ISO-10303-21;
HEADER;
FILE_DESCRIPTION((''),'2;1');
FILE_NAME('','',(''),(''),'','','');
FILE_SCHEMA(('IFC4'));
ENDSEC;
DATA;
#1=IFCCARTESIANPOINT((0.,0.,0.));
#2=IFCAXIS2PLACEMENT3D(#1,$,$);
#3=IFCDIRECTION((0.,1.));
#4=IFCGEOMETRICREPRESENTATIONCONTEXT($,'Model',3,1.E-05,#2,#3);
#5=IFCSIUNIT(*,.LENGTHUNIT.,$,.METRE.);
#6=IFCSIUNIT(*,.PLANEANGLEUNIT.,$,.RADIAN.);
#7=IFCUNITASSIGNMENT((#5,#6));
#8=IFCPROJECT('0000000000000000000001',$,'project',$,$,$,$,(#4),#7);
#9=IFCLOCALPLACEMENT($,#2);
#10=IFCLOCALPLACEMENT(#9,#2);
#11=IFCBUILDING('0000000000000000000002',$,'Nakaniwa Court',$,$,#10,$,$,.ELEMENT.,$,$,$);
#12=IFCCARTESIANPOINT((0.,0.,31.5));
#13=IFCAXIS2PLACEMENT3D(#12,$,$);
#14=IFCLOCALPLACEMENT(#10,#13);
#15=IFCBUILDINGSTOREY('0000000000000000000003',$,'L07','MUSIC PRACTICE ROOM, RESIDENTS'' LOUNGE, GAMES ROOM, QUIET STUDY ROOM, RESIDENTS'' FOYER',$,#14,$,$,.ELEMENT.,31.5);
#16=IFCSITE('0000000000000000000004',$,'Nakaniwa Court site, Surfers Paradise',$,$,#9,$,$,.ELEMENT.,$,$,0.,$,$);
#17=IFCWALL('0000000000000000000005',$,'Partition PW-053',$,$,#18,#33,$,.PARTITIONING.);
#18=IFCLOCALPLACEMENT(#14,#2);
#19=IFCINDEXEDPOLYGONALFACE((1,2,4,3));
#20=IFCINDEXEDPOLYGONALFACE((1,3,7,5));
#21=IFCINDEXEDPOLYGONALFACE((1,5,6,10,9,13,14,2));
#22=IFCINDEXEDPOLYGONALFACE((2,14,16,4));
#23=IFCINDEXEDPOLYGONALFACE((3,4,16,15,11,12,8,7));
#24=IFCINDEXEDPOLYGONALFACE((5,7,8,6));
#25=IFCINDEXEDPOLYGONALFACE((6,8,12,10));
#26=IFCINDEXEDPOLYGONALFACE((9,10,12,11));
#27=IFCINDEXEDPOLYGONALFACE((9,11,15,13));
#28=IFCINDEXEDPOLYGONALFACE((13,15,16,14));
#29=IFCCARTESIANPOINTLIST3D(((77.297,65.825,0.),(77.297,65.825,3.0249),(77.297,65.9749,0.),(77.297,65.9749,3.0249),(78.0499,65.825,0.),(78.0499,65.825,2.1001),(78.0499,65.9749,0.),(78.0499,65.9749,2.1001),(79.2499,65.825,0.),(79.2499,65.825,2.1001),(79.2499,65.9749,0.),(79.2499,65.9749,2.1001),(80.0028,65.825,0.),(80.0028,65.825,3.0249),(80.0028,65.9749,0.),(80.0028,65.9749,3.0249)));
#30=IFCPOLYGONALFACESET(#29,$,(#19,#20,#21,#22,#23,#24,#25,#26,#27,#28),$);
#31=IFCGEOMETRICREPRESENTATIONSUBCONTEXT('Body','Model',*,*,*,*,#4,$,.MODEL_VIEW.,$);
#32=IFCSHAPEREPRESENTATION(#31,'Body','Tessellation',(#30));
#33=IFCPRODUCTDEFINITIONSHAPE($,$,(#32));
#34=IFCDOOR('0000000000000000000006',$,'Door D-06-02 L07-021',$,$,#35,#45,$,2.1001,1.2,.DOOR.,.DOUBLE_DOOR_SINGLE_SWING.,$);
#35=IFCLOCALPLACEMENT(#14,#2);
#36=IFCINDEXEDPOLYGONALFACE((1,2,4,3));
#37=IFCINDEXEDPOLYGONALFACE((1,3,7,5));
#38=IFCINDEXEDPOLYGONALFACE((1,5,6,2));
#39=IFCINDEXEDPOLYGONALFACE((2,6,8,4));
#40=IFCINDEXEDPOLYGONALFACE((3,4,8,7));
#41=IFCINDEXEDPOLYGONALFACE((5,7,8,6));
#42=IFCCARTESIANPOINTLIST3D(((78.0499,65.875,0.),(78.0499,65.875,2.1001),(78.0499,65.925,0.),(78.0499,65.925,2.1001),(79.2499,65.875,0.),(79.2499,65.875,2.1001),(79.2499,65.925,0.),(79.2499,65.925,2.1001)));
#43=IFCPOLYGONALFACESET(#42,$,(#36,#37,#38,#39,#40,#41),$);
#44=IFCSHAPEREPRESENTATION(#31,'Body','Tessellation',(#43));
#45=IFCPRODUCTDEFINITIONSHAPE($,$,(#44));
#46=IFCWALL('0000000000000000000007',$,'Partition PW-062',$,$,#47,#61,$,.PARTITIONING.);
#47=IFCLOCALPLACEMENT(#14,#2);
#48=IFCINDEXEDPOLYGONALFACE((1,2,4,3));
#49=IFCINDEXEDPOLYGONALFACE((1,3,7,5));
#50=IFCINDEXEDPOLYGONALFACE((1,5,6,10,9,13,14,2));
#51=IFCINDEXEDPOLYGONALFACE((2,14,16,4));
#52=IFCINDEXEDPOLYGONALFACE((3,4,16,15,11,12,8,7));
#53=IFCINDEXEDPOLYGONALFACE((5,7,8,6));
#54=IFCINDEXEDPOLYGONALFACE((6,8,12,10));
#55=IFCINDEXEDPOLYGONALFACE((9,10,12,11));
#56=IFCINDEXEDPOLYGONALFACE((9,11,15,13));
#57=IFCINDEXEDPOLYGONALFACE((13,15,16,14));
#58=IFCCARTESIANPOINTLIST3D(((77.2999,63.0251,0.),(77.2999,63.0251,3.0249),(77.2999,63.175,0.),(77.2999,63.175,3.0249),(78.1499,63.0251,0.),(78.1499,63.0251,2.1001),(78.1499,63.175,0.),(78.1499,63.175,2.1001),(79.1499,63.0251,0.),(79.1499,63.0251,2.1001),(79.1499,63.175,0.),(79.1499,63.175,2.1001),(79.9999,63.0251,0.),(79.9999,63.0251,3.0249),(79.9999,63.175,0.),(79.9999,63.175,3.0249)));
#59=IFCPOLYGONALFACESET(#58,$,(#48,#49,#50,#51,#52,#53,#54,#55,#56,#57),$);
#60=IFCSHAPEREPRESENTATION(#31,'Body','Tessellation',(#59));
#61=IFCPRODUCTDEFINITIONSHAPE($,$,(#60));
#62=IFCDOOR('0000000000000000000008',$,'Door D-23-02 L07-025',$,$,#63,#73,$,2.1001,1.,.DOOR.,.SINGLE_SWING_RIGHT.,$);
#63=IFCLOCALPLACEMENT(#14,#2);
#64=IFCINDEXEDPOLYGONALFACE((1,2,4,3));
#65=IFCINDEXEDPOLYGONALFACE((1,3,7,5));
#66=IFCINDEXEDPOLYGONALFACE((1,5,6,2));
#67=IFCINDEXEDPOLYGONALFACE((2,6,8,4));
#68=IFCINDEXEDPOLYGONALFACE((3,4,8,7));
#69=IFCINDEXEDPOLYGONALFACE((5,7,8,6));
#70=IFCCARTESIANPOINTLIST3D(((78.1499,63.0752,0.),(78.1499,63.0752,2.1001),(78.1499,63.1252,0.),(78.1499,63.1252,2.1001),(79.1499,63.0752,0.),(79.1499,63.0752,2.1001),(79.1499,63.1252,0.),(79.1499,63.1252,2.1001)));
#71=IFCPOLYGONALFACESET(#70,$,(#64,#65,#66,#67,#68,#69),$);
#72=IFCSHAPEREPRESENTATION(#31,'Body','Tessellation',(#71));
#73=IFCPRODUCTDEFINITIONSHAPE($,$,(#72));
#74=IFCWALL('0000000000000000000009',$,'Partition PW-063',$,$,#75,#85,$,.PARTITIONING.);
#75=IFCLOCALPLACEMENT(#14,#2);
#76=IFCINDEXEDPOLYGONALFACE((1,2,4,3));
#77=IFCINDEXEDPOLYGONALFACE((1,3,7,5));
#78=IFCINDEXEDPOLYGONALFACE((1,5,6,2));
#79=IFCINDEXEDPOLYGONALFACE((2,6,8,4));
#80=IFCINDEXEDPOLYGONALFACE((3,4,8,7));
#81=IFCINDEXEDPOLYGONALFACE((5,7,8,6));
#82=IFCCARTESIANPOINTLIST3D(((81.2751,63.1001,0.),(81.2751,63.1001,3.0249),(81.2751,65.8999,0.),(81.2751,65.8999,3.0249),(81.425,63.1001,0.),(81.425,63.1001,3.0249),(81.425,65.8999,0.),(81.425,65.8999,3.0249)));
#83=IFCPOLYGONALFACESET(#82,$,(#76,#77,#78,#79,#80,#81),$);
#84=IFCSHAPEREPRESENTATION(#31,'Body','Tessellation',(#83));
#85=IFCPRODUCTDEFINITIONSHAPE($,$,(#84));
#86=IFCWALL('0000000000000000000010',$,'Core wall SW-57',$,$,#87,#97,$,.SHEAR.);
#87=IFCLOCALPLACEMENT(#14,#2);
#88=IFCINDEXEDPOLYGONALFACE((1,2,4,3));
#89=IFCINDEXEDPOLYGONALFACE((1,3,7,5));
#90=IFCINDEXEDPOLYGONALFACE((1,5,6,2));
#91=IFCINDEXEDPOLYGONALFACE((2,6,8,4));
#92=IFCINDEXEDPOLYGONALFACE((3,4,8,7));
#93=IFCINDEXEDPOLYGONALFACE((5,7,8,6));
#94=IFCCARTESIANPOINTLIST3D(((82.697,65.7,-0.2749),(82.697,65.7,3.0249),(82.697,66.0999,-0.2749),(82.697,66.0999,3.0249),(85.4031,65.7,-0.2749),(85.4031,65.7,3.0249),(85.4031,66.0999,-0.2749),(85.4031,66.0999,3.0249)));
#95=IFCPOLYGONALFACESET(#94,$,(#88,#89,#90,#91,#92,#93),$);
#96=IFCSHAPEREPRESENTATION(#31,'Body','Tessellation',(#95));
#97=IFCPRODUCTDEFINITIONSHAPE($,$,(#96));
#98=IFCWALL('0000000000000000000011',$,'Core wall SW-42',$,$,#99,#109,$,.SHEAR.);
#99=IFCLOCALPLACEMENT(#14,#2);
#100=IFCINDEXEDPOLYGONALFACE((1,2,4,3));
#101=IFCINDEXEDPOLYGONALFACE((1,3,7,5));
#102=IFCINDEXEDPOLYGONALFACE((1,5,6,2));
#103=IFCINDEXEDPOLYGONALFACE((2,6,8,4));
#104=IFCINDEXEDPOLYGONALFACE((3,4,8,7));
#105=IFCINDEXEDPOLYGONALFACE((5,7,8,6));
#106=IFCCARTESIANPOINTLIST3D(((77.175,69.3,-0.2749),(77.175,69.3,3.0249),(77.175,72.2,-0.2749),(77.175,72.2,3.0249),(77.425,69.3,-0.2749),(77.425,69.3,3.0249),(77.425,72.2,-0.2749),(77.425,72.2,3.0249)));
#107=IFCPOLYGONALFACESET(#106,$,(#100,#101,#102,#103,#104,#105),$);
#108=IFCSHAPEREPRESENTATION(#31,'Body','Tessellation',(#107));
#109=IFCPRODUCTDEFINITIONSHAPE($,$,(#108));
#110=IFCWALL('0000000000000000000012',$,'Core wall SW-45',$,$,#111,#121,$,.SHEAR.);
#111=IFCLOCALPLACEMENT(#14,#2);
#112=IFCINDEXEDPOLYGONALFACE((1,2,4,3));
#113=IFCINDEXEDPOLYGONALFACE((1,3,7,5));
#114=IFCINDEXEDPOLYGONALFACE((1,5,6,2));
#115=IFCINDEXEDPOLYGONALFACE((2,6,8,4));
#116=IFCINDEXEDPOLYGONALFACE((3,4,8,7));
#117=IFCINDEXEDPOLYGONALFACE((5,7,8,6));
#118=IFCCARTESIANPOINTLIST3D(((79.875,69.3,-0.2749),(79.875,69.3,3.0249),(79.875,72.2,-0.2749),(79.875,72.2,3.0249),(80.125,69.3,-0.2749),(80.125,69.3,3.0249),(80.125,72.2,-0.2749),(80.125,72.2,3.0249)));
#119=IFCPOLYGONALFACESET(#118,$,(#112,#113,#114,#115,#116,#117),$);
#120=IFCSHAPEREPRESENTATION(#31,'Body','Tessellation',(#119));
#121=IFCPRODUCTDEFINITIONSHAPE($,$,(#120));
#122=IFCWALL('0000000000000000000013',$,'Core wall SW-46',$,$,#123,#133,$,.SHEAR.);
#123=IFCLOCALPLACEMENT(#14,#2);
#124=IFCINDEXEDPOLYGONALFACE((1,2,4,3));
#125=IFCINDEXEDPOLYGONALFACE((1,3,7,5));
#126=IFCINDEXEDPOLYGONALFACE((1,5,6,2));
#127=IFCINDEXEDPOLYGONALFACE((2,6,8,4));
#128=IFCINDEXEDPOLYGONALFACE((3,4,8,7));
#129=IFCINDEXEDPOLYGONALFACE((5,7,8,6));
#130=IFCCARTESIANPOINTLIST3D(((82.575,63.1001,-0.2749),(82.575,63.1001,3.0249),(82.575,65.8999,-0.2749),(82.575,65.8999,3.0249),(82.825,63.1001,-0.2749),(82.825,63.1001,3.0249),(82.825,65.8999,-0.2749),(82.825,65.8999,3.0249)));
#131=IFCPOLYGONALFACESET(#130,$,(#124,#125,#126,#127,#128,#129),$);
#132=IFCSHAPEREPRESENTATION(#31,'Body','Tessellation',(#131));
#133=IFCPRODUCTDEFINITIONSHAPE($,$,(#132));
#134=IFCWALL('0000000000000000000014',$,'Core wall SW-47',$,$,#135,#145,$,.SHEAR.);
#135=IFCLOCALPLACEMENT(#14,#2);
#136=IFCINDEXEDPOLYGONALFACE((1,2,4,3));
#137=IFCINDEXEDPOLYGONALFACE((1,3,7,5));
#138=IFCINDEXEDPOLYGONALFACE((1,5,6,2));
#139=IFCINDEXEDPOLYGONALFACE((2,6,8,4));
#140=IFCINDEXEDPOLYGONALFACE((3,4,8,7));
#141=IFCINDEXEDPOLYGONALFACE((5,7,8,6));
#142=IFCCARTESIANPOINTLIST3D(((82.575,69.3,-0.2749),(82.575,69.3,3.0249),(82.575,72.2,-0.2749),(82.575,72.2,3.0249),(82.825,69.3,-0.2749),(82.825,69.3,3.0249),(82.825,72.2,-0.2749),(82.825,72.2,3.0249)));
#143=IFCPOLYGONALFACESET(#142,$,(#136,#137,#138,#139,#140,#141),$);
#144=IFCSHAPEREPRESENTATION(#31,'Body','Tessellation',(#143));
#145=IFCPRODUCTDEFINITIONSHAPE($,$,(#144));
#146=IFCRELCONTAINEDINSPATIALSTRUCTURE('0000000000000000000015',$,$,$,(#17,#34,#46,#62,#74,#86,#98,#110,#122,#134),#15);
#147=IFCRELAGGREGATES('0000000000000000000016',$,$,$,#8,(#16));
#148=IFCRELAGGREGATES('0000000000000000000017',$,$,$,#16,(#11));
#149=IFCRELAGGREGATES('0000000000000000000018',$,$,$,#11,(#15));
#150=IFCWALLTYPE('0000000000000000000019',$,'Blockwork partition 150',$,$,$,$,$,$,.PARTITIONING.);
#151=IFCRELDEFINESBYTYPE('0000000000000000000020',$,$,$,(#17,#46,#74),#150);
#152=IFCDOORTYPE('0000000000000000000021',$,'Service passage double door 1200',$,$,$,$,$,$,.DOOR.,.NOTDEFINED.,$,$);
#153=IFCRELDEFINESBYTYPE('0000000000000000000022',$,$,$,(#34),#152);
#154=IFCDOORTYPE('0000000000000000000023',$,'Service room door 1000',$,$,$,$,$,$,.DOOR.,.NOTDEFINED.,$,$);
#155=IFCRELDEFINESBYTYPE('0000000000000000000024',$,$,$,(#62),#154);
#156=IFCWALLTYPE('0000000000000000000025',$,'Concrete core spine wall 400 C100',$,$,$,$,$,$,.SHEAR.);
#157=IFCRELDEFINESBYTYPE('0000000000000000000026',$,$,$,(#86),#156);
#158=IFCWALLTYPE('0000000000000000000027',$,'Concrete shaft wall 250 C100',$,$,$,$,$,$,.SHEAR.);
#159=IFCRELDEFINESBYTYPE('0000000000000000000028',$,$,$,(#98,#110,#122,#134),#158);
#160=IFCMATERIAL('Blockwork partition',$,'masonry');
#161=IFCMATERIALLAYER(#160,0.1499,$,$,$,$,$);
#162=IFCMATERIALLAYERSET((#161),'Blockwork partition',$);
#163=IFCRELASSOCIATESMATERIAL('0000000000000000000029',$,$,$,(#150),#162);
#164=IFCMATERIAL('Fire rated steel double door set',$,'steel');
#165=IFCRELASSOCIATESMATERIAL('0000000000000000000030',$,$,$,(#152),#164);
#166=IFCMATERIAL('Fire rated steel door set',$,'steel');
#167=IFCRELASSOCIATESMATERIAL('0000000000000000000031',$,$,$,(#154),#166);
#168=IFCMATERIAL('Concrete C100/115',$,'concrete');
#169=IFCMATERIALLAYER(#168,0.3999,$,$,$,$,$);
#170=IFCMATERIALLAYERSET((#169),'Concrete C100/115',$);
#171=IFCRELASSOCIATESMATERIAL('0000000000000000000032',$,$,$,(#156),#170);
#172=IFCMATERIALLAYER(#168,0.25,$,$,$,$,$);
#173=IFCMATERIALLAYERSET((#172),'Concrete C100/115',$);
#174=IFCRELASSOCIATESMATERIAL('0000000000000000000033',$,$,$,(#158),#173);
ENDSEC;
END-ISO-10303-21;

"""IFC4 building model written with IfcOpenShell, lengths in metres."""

from ifc_helpers import new_model, si_unit, direction, frame, frame_2d, origin, place, context, subcontext, project, spatial, rectangle, extrude, material, layer, layer_set, type_object, element, fill, save


model = new_model("IFC4")

# Units and contexts
model_context = context("Model", 3, precision=1e-05, world=origin(), true_north=direction((0.0, 1.0)))
body_context = subcontext(model_context, "Body", "Model", "MODEL_VIEW")
ifc_project = project(units=[si_unit("LENGTHUNIT", "METRE"), si_unit("PLANEANGLEUNIT", "RADIAN")], contexts=[model_context])

# Site, building, storey
site_placement = place(None, origin())
site = spatial("IfcSite", under=ifc_project, at=site_placement, Name="Nakaniwa Court site, Surfers Paradise", CompositionType="ELEMENT", RefElevation=0.0)
building_placement = place(site_placement, origin())
building = spatial("IfcBuilding", under=site, at=building_placement, Name="Nakaniwa Court", CompositionType="ELEMENT")
storey_placement = place(building_placement, frame((0.0, 0.0, 31.5)))
storey = spatial("IfcBuildingStorey", under=building, at=storey_placement, Name="L07", Description="MUSIC PRACTICE ROOM, RESIDENTS' LOUNGE, GAMES ROOM, QUIET STUDY ROOM, RESIDENTS' FOYER", CompositionType="ELEMENT", Elevation=31.5)

# Walls, openings, doors
ifc_material_1 = material(Name="Blockwork partition", Category="masonry")
ifc_layer_1 = layer(ifc_material_1, 0.1499)
ifc_layer_set_1 = layer_set([ifc_layer_1], Name="Blockwork partition")
wall_type_1 = type_object("IfcWallType", Name="Blockwork partition 150", PredefinedType="PARTITIONING", material=ifc_layer_set_1)
wall_1_placement = place(storey_placement, frame((80.0029, 65.8999, 0.0), z_axis=(0.0, 0.0, 1.0), x_axis=(-1.0, 0.0, 0.0)))
wall_1 = element("IfcWall", 1, at=wall_1_placement, inside=storey, type_object=wall_type_1, Name="Partition PW-053", PredefinedType="PARTITIONING", context=body_context, shape_type="SweptSolid", body=[
    extrude(rectangle(XDim=2.7058, YDim=0.1499, at=frame_2d((1.353, 0.0))), origin(), (0.0, 0.0, 1.0), 3.0249),
])
opening_1_placement = place(wall_1_placement, frame((0.7529, 0.0, 0.0)))
opening_1 = element("IfcOpeningElement", 2, at=opening_1_placement, cuts=wall_1, PredefinedType="OPENING", context=body_context, shape_type="SweptSolid", body=[
    extrude(rectangle(XDim=1.2, YDim=2.1001, at=frame_2d((0.6001, 1.05))), frame((0.0, 0.085, 0.0), z_axis=(0.0, -1.0, 0.0), x_axis=(1.0, 0.0, 0.0)), (0.0, 0.0, 1.0), 0.1699),
])
ifc_material_2 = material(Name="Fire rated steel double door set", Category="steel")
door_type_1 = type_object("IfcDoorType", Name="Service passage double door 1200", OperationType="NOTDEFINED", PredefinedType="DOOR", material=ifc_material_2)
door_1_placement = place(opening_1_placement, origin())
door_1 = element("IfcDoor", 3, at=door_1_placement, inside=storey, type_object=door_type_1, Name="Door D-06-02 L07-021", OperationType="DOUBLE_DOOR_SINGLE_SWING", OverallHeight=2.1001, OverallWidth=1.2, PredefinedType="DOOR", context=body_context, shape_type="SweptSolid", body=[
    extrude(rectangle(XDim=1.2, YDim=2.1001, at=frame_2d((0.6001, 1.05))), frame((0.0, 0.0249, 0.0), z_axis=(0.0, -1.0, 0.0), x_axis=(1.0, 0.0, 0.0)), (0.0, 0.0, 1.0), 0.05),
])
fill(opening_1, door_1)
wall_2_placement = place(storey_placement, frame((80.0, 63.1001, 0.0), z_axis=(0.0, 0.0, 1.0), x_axis=(-1.0, 0.0, 0.0)))
wall_2 = element("IfcWall", 4, at=wall_2_placement, inside=storey, type_object=wall_type_1, Name="Partition PW-062", PredefinedType="PARTITIONING", context=body_context, shape_type="SweptSolid", body=[
    extrude(rectangle(XDim=2.7, YDim=0.1499, at=frame_2d((1.3501, 0.0))), origin(), (0.0, 0.0, 1.0), 3.0249),
])
opening_2_placement = place(wall_2_placement, frame((0.8501, 0.0, 0.0)))
opening_2 = element("IfcOpeningElement", 5, at=opening_2_placement, cuts=wall_2, PredefinedType="OPENING", context=body_context, shape_type="SweptSolid", body=[
    extrude(rectangle(XDim=1.0, YDim=2.1001, at=frame_2d((0.5, 1.05))), frame((0.0, 0.085, 0.0), z_axis=(0.0, -1.0, 0.0), x_axis=(1.0, 0.0, 0.0)), (0.0, 0.0, 1.0), 0.1699),
])
ifc_material_3 = material(Name="Fire rated steel door set", Category="steel")
door_type_2 = type_object("IfcDoorType", Name="Service room door 1000", OperationType="NOTDEFINED", PredefinedType="DOOR", material=ifc_material_3)
door_2_placement = place(opening_2_placement, origin())
door_2 = element("IfcDoor", 6, at=door_2_placement, inside=storey, type_object=door_type_2, Name="Door D-23-02 L07-025", OperationType="SINGLE_SWING_RIGHT", OverallHeight=2.1001, OverallWidth=1.0, PredefinedType="DOOR", context=body_context, shape_type="SweptSolid", body=[
    extrude(rectangle(XDim=1.0, YDim=2.1001, at=frame_2d((0.5, 1.05))), frame((0.0, 0.0249, 0.0), z_axis=(0.0, -1.0, 0.0), x_axis=(1.0, 0.0, 0.0)), (0.0, 0.0, 1.0), 0.05),
])
fill(opening_2, door_2)

# Walls
wall_3_placement = place(storey_placement, frame((81.3501, 63.1001, 0.0), z_axis=(0.0, 0.0, 1.0), x_axis=(0.0, 1.0, 0.0)))
element("IfcWall", 7, at=wall_3_placement, inside=storey, type_object=wall_type_1, Name="Partition PW-063", PredefinedType="PARTITIONING", context=body_context, shape_type="SweptSolid", body=[
    extrude(rectangle(XDim=2.7998, YDim=0.1499, at=frame_2d((1.3999, 0.0))), origin(), (0.0, 0.0, 1.0), 3.0249),
])
ifc_material_4 = material(Name="Concrete C100/115", Category="concrete")
ifc_layer_2 = layer(ifc_material_4, 0.3999)
ifc_layer_set_2 = layer_set([ifc_layer_2], Name="Concrete C100/115")
wall_type_2 = type_object("IfcWallType", Name="Concrete core spine wall 400 C100", PredefinedType="SHEAR", material=ifc_layer_set_2)
wall_4_placement = place(storey_placement, frame((82.697, 65.8999, -0.2749), z_axis=(0.0, 0.0, 1.0), x_axis=(1.0, 0.0, 0.0)))
element("IfcWall", 8, at=wall_4_placement, inside=storey, type_object=wall_type_2, Name="Core wall SW-57", PredefinedType="SHEAR", context=body_context, shape_type="SweptSolid", body=[
    extrude(rectangle(XDim=2.7061, YDim=0.3999, at=frame_2d((1.353, 0.0))), origin(), (0.0, 0.0, 1.0), 3.2998),
])
ifc_layer_3 = layer(ifc_material_4, 0.25)
ifc_layer_set_3 = layer_set([ifc_layer_3], Name="Concrete C100/115")
wall_type_3 = type_object("IfcWallType", Name="Concrete shaft wall 250 C100", PredefinedType="SHEAR", material=ifc_layer_set_3)
for number, where, z_axis, x_axis, name in (
    (9, (77.3, 69.3, -0.2749), (0.0, 0.0, 1.0), (0.0, 1.0, 0.0), "Core wall SW-42"),
    (10, (80.0, 69.3, -0.2749), (0.0, 0.0, 1.0), (0.0, 1.0, 0.0), "Core wall SW-45"),
):
    element("IfcWall", number, at=place(storey_placement, frame(where, z_axis=z_axis, x_axis=x_axis)), inside=storey, type_object=wall_type_3, Name=name, PredefinedType="SHEAR", context=body_context, shape_type="SweptSolid", body=[
        extrude(rectangle(XDim=2.8999, YDim=0.25, at=frame_2d((1.45, 0.0))), origin(), (0.0, 0.0, 1.0), 3.2998),
    ])
wall_5_placement = place(storey_placement, frame((82.7, 63.1001, -0.2749), z_axis=(0.0, 0.0, 1.0), x_axis=(0.0, 1.0, 0.0)))
element("IfcWall", 11, at=wall_5_placement, inside=storey, type_object=wall_type_3, Name="Core wall SW-46", PredefinedType="SHEAR", context=body_context, shape_type="SweptSolid", body=[
    extrude(rectangle(XDim=2.7998, YDim=0.25, at=frame_2d((1.3999, 0.0))), origin(), (0.0, 0.0, 1.0), 3.2998),
])
wall_6_placement = place(storey_placement, frame((82.7, 69.3, -0.2749), z_axis=(0.0, 0.0, 1.0), x_axis=(0.0, 1.0, 0.0)))
element("IfcWall", 12, at=wall_6_placement, inside=storey, type_object=wall_type_3, Name="Core wall SW-47", PredefinedType="SHEAR", context=body_context, shape_type="SweptSolid", body=[
    extrude(rectangle(XDim=2.8999, YDim=0.25, at=frame_2d((1.45, 0.0))), origin(), (0.0, 0.0, 1.0), 3.2998),
])

save(model, "model.ifc")
